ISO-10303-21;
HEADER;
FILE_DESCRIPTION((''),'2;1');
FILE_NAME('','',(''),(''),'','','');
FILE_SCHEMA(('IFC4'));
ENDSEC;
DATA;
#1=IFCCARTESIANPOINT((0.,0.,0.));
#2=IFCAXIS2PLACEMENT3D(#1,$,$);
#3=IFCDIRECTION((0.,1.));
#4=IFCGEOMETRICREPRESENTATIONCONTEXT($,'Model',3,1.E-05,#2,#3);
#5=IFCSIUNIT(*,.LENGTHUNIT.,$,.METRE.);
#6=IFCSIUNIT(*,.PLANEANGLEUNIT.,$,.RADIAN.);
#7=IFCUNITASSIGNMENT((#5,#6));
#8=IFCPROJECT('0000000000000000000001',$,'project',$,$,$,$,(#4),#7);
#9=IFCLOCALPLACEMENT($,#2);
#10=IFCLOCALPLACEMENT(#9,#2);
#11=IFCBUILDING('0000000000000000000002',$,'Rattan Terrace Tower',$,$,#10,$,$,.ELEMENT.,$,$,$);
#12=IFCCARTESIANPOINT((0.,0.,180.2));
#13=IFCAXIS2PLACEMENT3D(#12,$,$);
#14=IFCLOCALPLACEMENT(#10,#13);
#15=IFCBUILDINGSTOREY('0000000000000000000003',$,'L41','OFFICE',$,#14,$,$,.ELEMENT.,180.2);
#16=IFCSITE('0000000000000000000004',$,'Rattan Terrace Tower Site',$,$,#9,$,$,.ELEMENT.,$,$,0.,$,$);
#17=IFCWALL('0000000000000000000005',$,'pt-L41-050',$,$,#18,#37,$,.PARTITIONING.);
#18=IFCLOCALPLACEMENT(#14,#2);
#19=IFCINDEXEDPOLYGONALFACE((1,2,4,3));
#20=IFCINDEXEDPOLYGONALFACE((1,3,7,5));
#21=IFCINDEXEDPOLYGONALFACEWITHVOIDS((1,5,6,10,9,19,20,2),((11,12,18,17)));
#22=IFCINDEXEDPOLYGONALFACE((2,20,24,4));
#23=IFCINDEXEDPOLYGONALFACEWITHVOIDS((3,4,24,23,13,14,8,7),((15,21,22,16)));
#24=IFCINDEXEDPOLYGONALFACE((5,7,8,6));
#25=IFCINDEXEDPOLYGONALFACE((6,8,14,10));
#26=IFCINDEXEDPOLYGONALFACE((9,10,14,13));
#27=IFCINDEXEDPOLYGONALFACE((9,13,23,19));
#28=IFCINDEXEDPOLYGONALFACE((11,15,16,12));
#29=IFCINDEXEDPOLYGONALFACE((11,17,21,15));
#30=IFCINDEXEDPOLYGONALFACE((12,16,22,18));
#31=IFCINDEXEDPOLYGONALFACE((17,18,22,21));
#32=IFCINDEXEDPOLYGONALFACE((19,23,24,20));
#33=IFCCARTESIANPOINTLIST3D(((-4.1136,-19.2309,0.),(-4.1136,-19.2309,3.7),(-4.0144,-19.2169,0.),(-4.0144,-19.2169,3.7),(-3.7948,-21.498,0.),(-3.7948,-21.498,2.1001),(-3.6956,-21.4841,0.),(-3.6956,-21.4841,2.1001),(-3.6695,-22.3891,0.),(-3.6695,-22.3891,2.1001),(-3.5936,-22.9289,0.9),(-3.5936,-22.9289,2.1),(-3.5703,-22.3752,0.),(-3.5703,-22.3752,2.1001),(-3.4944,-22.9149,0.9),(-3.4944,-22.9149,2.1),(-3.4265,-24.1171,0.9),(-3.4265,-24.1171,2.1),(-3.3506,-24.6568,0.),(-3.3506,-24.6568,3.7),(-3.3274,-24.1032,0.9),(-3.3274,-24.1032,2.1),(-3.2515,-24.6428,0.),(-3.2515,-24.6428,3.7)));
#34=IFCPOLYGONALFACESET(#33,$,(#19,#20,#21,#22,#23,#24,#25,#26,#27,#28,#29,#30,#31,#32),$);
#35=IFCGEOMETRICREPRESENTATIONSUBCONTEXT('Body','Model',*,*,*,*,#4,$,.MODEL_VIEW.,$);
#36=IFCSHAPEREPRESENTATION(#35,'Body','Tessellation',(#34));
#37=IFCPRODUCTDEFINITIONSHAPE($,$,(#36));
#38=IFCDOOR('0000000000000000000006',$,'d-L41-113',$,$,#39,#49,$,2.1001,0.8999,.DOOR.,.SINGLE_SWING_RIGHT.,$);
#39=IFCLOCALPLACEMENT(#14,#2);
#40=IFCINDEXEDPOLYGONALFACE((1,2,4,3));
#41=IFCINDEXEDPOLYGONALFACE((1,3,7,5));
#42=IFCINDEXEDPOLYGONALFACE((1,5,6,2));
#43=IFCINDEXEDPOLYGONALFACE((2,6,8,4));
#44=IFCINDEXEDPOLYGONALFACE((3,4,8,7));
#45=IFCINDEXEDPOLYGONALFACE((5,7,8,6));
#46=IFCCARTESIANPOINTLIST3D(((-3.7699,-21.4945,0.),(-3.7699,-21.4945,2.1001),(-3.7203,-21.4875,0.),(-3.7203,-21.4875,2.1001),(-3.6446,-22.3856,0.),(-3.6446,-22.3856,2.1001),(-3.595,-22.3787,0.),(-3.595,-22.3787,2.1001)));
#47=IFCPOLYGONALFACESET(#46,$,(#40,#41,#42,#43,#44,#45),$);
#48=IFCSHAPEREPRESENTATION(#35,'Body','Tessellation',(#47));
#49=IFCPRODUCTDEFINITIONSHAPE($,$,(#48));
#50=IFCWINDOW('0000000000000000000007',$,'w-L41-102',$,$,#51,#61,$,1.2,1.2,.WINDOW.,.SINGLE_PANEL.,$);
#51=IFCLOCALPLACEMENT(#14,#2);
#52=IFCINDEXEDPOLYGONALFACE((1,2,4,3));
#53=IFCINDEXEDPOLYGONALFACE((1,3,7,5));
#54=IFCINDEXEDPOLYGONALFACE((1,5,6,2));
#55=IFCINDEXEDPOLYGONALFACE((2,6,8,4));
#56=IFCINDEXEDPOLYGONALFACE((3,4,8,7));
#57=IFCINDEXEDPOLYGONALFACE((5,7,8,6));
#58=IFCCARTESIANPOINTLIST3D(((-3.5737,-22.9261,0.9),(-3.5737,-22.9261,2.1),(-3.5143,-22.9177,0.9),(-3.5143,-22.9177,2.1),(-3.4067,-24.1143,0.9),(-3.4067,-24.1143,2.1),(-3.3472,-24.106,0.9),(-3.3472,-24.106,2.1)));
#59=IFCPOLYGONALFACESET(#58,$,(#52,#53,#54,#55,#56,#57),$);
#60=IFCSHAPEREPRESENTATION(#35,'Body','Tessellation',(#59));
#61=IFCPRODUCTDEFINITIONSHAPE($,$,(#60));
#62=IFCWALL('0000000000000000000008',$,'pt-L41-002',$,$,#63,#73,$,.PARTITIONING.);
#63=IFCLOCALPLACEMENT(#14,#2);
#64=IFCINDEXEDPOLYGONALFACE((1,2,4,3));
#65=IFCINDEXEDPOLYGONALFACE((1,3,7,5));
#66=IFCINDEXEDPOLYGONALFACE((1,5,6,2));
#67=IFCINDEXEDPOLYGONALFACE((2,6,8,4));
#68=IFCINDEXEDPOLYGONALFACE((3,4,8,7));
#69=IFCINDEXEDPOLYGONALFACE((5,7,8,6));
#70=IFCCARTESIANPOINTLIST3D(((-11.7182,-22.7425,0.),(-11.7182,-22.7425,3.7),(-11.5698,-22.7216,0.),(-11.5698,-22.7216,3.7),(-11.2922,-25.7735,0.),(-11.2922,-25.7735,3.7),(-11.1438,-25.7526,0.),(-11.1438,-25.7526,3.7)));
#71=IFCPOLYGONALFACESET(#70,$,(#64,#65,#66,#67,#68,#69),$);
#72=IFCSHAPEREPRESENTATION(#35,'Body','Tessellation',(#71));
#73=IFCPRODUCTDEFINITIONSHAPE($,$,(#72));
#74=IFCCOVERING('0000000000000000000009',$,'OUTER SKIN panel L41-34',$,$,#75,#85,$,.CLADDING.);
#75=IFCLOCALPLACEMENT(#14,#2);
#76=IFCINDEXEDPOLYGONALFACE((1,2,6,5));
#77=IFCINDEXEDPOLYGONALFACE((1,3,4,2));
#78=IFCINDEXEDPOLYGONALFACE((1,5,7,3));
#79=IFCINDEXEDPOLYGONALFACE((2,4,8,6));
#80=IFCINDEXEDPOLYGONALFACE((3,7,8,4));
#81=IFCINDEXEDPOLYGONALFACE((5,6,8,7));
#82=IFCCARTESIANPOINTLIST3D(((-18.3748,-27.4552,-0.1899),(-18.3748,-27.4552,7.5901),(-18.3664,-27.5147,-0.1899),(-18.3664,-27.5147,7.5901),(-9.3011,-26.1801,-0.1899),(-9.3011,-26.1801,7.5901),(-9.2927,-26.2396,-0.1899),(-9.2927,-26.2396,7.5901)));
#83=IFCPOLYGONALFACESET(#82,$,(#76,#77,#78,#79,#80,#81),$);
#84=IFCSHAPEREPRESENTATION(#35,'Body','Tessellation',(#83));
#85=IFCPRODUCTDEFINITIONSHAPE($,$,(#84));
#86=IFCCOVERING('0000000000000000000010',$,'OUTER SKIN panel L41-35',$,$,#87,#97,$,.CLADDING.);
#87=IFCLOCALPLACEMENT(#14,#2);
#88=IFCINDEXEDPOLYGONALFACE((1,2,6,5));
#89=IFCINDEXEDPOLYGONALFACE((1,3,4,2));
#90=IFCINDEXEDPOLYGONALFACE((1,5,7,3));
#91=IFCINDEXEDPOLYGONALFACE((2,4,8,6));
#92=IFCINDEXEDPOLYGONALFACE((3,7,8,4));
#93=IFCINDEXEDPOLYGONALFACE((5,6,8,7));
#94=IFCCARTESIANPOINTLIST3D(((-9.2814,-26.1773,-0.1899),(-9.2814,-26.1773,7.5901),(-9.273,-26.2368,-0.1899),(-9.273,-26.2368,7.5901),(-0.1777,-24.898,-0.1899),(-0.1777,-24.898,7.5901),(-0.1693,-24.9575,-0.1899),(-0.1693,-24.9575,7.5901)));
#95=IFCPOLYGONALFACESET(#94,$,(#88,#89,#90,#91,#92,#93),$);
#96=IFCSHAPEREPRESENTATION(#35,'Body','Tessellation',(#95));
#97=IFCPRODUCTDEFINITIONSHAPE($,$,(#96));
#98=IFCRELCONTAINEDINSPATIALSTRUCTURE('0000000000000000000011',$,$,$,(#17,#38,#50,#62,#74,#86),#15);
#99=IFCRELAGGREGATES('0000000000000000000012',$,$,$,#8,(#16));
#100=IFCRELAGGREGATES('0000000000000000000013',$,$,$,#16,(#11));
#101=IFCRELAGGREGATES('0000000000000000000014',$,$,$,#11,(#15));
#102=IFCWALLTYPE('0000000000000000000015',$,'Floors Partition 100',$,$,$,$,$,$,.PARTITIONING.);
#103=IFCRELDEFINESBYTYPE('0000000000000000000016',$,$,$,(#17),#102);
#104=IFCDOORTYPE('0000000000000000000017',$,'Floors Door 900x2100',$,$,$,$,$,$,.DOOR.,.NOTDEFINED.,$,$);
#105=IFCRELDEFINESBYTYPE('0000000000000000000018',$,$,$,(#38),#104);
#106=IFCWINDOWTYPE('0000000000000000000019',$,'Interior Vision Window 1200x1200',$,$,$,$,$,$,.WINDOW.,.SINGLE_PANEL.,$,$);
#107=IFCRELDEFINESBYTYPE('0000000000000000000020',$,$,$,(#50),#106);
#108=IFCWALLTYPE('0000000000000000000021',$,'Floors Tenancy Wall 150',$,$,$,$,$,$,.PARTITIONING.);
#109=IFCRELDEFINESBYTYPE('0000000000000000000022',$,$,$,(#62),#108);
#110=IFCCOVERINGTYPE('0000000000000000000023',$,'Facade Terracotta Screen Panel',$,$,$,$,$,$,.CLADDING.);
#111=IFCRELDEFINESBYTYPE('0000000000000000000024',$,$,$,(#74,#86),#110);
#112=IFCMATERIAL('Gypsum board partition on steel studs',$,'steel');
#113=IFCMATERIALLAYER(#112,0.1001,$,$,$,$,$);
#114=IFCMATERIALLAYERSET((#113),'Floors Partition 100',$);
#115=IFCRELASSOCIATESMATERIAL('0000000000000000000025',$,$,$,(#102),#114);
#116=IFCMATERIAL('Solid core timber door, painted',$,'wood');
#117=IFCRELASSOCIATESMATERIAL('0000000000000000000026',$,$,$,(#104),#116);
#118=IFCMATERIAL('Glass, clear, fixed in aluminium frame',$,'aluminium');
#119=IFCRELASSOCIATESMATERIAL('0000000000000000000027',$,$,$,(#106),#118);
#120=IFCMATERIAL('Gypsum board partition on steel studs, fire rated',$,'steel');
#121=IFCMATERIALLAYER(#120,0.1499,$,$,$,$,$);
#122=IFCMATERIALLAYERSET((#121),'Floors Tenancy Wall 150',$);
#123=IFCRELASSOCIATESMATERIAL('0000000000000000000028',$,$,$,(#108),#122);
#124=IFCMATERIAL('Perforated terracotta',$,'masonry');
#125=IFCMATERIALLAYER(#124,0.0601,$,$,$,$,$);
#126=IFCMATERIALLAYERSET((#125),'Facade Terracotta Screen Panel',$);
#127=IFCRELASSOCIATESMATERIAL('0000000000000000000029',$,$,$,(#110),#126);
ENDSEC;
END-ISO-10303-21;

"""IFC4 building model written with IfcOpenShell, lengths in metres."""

from ifc_helpers import new_model, si_unit, direction, frame, frame_2d, origin, origin_2d, place, context, subcontext, project, spatial, rectangle, extrude, material, layer, layer_set, type_object, element, fill, save


model = new_model("IFC4")

# Units and contexts
model_context = context("Model", 3, precision=1e-05, world=origin(), true_north=direction((0.0, 1.0)))
body_context = subcontext(model_context, "Body", "Model", "MODEL_VIEW")
ifc_project = project(units=[si_unit("LENGTHUNIT", "METRE"), si_unit("PLANEANGLEUNIT", "RADIAN")], contexts=[model_context])

# Site, building, storey
site_placement = place(None, origin())
site = spatial("IfcSite", under=ifc_project, at=site_placement, Name="Rattan Terrace Tower Site", CompositionType="ELEMENT", RefElevation=0.0)
building_placement = place(site_placement, origin())
building = spatial("IfcBuilding", under=site, at=building_placement, Name="Rattan Terrace Tower", CompositionType="ELEMENT")
storey_placement = place(building_placement, frame((0.0, 0.0, 180.2)))
storey = spatial("IfcBuildingStorey", under=building, at=storey_placement, Name="L41", Description="OFFICE", CompositionType="ELEMENT", Elevation=180.2)

# Wall, openings, door, window
ifc_material_1 = material(Name="Gypsum board partition on steel studs", Category="steel")
ifc_layer_1 = layer(ifc_material_1, 0.1001)
ifc_layer_set_1 = layer_set([ifc_layer_1], Name="Floors Partition 100")
wall_type_1 = type_object("IfcWallType", Name="Floors Partition 100", PredefinedType="PARTITIONING", material=ifc_layer_set_1)
wall_1_placement = place(storey_placement, frame((-3.301, -24.6499, 0.0), z_axis=(0.0, 0.0, 1.0), x_axis=(-0.139244, 0.990258, 0.0)))
wall_1 = element("IfcWall", 1, at=wall_1_placement, inside=storey, type_object=wall_type_1, Name="pt-L41-050", PredefinedType="PARTITIONING", context=body_context, shape_type="SweptSolid", body=[
    extrude(rectangle(XDim=5.4792, YDim=0.1001, at=frame_2d((2.7397, 0.0))), origin(), (0.0, 0.0, 1.0), 3.7),
])
opening_1_placement = place(wall_1_placement, frame((2.29, 0.0, 0.0)))
opening_1 = element("IfcOpeningElement", 2, at=opening_1_placement, cuts=wall_1, PredefinedType="OPENING", context=body_context, shape_type="SweptSolid", body=[
    extrude(rectangle(XDim=0.8999, YDim=2.1001, at=frame_2d((0.45, 1.05))), frame((0.0, 0.0605, 0.0), z_axis=(0.0, -1.0, 0.0), x_axis=(1.0, 0.0, 0.0)), (0.0, 0.0, 1.0), 0.1211),
])
opening_2_placement = place(wall_1_placement, frame((0.5449, 0.0, 0.8999)))
opening_2 = element("IfcOpeningElement", 3, at=opening_2_placement, cuts=wall_1, PredefinedType="OPENING", context=body_context, shape_type="SweptSolid", body=[
    extrude(rectangle(XDim=1.2, YDim=1.2, at=frame_2d((0.6001, 0.6001))), frame((0.0, 0.0605, 0.0), z_axis=(0.0, -1.0, 0.0), x_axis=(1.0, 0.0, 0.0)), (0.0, 0.0, 1.0), 0.1211),
])
ifc_material_2 = material(Name="Solid core timber door, painted", Category="wood")
door_type = type_object("IfcDoorType", Name="Floors Door 900x2100", OperationType="NOTDEFINED", PredefinedType="DOOR", material=ifc_material_2)
door_placement = place(opening_1_placement, origin())
door = element("IfcDoor", 4, at=door_placement, inside=storey, type_object=door_type, Name="d-L41-113", OperationType="SINGLE_SWING_RIGHT", OverallHeight=2.1001, OverallWidth=0.8999, PredefinedType="DOOR", context=body_context, shape_type="SweptSolid", body=[
    extrude(rectangle(XDim=0.8999, YDim=2.1001, at=frame_2d((0.45, 1.05))), frame((0.0, 0.0249, 0.0), z_axis=(0.0, -1.0, 0.0), x_axis=(1.0, 0.0, 0.0)), (0.0, 0.0, 1.0), 0.05),
])
fill(opening_1, door)
ifc_material_3 = material(Name="Glass, clear, fixed in aluminium frame", Category="aluminium")
window_type = type_object("IfcWindowType", Name="Interior Vision Window 1200x1200", PartitioningType="SINGLE_PANEL", PredefinedType="WINDOW", material=ifc_material_3)
window_placement = place(opening_2_placement, origin())
window = element("IfcWindow", 5, at=window_placement, inside=storey, type_object=window_type, Name="w-L41-102", OverallHeight=1.2, OverallWidth=1.2, PartitioningType="SINGLE_PANEL", PredefinedType="WINDOW", context=body_context, shape_type="SweptSolid", body=[
    extrude(rectangle(XDim=1.2, YDim=1.2, at=frame_2d((0.6001, 0.6001))), frame((0.0, 0.03, 0.0), z_axis=(0.0, -1.0, 0.0), x_axis=(1.0, 0.0, 0.0)), (0.0, 0.0, 1.0), 0.0601),
])
fill(opening_2, window)

# Wall
ifc_material_4 = material(Name="Gypsum board partition on steel studs, fire rated", Category="steel")
ifc_layer_2 = layer(ifc_material_4, 0.1499)
ifc_layer_set_2 = layer_set([ifc_layer_2], Name="Floors Tenancy Wall 150")
wall_type_2 = type_object("IfcWallType", Name="Floors Tenancy Wall 150", PredefinedType="PARTITIONING", material=ifc_layer_set_2)
wall_2_placement = place(storey_placement, frame((-11.218, -25.7629, 0.0), z_axis=(0.0, 0.0, 1.0), x_axis=(-0.139188, 0.990266, 0.0)))
element("IfcWall", 6, at=wall_2_placement, inside=storey, type_object=wall_type_2, Name="pt-L41-002", PredefinedType="PARTITIONING", context=body_context, shape_type="SweptSolid", body=[
    extrude(rectangle(XDim=3.0608, YDim=0.1499, at=frame_2d((1.5303, 0.0))), origin(), (0.0, 0.0, 1.0), 3.7),
])

# Coverings
ifc_material_5 = material(Name="Perforated terracotta", Category="masonry")
ifc_layer_3 = layer(ifc_material_5, 0.0601)
ifc_layer_set_3 = layer_set([ifc_layer_3], Name="Facade Terracotta Screen Panel")
covering_type = type_object("IfcCoveringType", Name="Facade Terracotta Screen Panel", PredefinedType="CLADDING", material=ifc_layer_set_3)
covering_1_placement = place(storey_placement, frame((-13.8337, -26.8474, -0.1899), z_axis=(0.0, 0.0, 1.0), x_axis=(0.99027, 0.139161, 0.0)))
element("IfcCovering", 7, at=covering_1_placement, inside=storey, type_object=covering_type, Name="OUTER SKIN panel L41-34", PredefinedType="CLADDING", context=body_context, shape_type="SweptSolid", body=[
    extrude(rectangle(XDim=9.1628, YDim=0.0601, at=origin_2d()), origin(), (0.0, 0.0, 1.0), 7.78),
])
covering_2_placement = place(storey_placement, frame((-4.7253, -25.5674, -0.1899), z_axis=(0.0, 0.0, 1.0), x_axis=(0.99027, 0.139161, 0.0)))
element("IfcCovering", 8, at=covering_2_placement, inside=storey, type_object=covering_type, Name="OUTER SKIN panel L41-35", PredefinedType="CLADDING", context=body_context, shape_type="SweptSolid", body=[
    extrude(rectangle(XDim=9.1931, YDim=0.0601, at=origin_2d()), origin(), (0.0, 0.0, 1.0), 7.78),
])

save(model, "model.ifc")
